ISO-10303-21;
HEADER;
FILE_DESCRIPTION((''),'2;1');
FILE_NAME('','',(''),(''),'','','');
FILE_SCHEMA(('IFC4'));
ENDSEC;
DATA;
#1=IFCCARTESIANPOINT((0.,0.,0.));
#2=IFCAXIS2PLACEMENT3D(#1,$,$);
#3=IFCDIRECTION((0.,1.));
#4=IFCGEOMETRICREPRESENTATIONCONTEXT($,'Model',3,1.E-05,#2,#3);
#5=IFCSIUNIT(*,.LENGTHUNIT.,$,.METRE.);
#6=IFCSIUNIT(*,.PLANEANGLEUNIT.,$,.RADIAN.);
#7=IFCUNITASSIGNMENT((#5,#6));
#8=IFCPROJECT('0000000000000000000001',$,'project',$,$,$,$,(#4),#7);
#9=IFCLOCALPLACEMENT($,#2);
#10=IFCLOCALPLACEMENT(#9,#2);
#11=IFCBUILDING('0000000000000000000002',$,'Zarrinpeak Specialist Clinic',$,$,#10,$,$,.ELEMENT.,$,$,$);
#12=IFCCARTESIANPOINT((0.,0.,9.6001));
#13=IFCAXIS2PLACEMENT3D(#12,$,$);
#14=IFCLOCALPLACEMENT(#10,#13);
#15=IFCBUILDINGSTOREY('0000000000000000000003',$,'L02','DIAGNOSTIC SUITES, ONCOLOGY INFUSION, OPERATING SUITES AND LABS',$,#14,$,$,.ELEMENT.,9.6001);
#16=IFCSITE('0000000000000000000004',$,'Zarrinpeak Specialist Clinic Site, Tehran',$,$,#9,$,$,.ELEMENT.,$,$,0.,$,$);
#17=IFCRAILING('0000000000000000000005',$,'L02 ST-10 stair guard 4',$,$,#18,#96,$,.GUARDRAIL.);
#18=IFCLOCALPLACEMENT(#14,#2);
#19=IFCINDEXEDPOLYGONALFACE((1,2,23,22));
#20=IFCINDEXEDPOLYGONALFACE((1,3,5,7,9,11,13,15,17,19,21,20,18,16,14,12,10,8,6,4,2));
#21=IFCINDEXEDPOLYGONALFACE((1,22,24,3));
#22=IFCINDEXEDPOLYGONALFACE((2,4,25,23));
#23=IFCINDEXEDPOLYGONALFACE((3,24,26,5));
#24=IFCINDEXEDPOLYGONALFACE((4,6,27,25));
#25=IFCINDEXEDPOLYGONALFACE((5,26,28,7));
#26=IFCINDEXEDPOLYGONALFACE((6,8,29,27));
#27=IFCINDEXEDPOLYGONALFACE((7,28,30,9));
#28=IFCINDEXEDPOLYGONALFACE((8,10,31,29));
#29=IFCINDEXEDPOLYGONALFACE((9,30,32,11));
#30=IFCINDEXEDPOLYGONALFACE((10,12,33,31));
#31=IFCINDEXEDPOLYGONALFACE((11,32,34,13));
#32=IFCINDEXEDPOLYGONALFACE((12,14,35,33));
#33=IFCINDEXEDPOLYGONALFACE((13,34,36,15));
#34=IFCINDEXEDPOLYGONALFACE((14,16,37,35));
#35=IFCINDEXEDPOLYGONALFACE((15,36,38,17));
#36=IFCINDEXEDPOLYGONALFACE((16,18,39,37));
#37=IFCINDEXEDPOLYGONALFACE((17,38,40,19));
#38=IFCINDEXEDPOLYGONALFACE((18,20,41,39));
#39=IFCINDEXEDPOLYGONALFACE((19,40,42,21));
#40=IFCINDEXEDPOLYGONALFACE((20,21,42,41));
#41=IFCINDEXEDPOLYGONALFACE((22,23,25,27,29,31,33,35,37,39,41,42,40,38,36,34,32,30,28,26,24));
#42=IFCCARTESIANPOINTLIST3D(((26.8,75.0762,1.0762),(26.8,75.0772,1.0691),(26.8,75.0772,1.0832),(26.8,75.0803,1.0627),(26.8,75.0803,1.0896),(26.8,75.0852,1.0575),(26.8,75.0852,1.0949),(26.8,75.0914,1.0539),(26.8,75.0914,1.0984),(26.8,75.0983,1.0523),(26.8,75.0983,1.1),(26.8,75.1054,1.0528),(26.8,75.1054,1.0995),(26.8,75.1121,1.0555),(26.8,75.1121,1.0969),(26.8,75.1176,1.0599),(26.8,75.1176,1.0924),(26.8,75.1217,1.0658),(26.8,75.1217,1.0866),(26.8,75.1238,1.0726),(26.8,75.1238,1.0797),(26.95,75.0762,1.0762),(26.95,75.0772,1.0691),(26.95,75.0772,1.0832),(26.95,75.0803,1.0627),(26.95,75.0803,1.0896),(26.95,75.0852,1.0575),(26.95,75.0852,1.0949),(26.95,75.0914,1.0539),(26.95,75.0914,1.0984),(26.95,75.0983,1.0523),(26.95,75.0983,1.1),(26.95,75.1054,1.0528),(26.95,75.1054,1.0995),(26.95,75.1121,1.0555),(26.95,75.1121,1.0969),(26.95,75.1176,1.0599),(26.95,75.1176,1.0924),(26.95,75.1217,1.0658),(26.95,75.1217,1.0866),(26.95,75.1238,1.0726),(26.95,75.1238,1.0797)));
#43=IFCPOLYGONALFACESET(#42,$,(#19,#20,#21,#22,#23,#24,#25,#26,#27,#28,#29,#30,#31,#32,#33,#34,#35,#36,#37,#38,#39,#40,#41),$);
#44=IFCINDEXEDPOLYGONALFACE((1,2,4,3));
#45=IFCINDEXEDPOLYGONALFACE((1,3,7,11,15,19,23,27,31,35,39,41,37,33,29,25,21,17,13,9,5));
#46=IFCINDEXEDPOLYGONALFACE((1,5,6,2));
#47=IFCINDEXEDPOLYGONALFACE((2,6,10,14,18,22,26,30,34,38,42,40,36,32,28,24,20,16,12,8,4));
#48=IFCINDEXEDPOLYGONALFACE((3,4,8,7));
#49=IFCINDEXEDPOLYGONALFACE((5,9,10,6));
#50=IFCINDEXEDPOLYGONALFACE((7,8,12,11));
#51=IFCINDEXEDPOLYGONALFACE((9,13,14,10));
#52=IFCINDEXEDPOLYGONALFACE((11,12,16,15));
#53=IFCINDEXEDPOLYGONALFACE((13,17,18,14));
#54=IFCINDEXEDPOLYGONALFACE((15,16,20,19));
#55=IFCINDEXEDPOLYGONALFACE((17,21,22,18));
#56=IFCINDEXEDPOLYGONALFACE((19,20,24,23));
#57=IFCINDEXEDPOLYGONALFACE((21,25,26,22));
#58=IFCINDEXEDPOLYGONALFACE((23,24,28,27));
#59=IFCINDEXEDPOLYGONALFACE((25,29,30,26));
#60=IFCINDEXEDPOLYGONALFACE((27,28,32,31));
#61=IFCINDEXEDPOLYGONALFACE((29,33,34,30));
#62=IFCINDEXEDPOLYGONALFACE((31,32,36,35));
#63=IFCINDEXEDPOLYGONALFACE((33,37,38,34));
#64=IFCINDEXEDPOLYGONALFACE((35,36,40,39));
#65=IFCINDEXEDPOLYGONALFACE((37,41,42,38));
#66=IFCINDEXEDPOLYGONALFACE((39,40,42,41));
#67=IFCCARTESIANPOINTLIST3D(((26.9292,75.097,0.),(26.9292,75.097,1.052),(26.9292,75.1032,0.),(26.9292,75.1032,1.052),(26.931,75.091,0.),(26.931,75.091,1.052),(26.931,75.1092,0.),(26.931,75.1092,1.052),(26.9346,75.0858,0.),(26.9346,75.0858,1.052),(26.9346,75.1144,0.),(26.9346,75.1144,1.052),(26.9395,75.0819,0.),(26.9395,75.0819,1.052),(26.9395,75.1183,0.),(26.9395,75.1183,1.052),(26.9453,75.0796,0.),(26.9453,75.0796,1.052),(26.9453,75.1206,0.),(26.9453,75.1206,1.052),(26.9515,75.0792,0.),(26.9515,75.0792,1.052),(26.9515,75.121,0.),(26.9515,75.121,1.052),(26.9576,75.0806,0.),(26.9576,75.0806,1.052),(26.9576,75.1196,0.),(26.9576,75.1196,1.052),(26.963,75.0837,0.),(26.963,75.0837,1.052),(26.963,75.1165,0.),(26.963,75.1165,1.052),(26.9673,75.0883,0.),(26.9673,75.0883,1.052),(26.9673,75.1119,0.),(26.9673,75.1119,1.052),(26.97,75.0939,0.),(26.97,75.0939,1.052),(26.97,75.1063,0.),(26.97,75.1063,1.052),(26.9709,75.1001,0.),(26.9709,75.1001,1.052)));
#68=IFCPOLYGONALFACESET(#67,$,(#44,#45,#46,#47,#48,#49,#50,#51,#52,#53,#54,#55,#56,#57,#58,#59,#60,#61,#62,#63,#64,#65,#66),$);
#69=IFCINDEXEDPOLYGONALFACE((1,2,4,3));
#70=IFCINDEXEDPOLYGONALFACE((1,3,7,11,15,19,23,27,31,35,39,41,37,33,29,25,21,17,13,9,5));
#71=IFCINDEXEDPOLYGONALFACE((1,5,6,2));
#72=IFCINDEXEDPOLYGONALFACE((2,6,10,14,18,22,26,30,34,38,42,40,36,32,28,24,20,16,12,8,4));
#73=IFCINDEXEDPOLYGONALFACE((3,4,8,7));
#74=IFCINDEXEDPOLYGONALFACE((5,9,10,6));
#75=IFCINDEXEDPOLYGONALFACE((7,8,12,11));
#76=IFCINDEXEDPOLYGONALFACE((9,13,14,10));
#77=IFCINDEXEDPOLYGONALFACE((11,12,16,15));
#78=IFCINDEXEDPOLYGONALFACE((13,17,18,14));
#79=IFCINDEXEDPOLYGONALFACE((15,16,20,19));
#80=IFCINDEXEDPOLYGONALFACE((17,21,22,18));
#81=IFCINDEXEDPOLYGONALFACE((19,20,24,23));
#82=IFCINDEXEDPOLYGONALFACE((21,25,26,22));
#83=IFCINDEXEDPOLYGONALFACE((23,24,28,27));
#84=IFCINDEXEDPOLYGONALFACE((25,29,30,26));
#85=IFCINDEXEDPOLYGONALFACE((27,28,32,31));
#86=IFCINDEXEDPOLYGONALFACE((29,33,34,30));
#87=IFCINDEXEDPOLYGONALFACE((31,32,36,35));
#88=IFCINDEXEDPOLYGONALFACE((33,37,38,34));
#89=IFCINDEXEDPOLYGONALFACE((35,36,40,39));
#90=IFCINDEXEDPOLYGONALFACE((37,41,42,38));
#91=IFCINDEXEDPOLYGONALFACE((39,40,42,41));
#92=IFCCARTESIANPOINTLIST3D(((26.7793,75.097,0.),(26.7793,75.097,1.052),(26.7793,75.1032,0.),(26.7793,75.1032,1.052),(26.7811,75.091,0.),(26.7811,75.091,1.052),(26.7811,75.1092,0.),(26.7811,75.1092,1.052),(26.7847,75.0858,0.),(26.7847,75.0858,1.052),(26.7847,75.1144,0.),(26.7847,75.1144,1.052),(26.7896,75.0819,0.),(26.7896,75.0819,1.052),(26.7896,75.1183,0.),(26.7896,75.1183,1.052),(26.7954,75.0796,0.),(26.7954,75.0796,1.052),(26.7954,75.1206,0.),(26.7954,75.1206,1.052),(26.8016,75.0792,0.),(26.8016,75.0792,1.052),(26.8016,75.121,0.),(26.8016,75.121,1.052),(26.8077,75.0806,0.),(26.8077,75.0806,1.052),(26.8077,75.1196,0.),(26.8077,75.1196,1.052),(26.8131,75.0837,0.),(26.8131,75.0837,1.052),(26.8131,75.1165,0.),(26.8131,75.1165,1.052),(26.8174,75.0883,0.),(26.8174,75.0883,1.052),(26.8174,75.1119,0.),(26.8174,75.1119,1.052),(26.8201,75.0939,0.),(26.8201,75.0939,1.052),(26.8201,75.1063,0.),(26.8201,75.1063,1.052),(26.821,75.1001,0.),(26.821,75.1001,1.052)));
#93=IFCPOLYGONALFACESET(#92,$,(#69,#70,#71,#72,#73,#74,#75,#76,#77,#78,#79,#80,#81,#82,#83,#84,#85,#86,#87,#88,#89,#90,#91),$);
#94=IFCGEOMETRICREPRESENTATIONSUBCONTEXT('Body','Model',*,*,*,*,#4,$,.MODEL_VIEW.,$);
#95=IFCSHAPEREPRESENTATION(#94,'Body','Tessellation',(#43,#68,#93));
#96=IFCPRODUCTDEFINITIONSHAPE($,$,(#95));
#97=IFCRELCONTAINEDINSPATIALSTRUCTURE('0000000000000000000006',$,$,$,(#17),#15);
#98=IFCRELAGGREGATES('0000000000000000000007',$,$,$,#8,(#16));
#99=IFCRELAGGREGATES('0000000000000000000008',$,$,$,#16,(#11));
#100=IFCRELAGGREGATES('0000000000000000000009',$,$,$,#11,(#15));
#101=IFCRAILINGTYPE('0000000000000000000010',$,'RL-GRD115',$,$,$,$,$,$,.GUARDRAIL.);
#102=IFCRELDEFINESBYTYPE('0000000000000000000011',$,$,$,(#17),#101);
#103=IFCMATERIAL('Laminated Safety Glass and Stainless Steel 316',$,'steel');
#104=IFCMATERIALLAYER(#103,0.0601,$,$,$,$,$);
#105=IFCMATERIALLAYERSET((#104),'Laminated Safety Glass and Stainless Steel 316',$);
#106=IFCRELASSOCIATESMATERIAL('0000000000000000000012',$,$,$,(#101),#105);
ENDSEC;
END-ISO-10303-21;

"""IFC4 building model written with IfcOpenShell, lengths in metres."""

from ifc_helpers import new_model, si_unit, direction, frame, origin, origin_2d, place, context, subcontext, project, spatial, circle, extrude, material, layer, layer_set, type_object, element, save


model = new_model("IFC4")

# Units and contexts
model_context = context("Model", 3, precision=1e-05, world=origin(), true_north=direction((0.0, 1.0)))
body_context = subcontext(model_context, "Body", "Model", "MODEL_VIEW")
ifc_project = project(units=[si_unit("LENGTHUNIT", "METRE"), si_unit("PLANEANGLEUNIT", "RADIAN")], contexts=[model_context])

# Site, building, storey
site_placement = place(None, origin())
site = spatial("IfcSite", under=ifc_project, at=site_placement, Name="Zarrinpeak Specialist Clinic Site, Tehran", CompositionType="ELEMENT", RefElevation=0.0)
building_placement = place(site_placement, origin())
building = spatial("IfcBuilding", under=site, at=building_placement, Name="Zarrinpeak Specialist Clinic", CompositionType="ELEMENT")
storey_placement = place(building_placement, frame((0.0, 0.0, 9.6001)))
storey = spatial("IfcBuildingStorey", under=building, at=storey_placement, Name="L02", Description="DIAGNOSTIC SUITES, ONCOLOGY INFUSION, OPERATING SUITES AND LABS", CompositionType="ELEMENT", Elevation=9.6001)

# Railing
ifc_material_1 = material(Name="Laminated Safety Glass and Stainless Steel 316", Category="steel")
ifc_layer_1 = layer(ifc_material_1, 0.0601)
ifc_layer_set_1 = layer_set([ifc_layer_1], Name="Laminated Safety Glass and Stainless Steel 316")
railing_type_1 = type_object("IfcRailingType", Name="RL-GRD115", PredefinedType="GUARDRAIL", material=ifc_layer_set_1)
railing_1_placement = place(storey_placement, frame((26.95, 75.1001, 0.0)))
element("IfcRailing", 1, at=railing_1_placement, inside=storey, type_object=railing_type_1, Name="L02 ST-10 stair guard 4", PredefinedType="GUARDRAIL", context=body_context, shape_type="SweptSolid", body=[
    extrude(circle(Radius=0.0239, at=origin_2d()), frame((0.0, 0.0, 1.0762), z_axis=(-1.0, 0.0, 0.0), x_axis=(0.0, -1.0, 0.0)), (0.0, 0.0, 1.0), 0.1499),
    extrude(circle(Radius=0.021, at=origin_2d()), origin(), (0.0, 0.0, 1.0), 1.052),
    extrude(circle(Radius=0.021, at=origin_2d()), frame((-0.1499, 0.0, 0.0)), (0.0, 0.0, 1.0), 1.052),
])

save(model, "model.ifc")
